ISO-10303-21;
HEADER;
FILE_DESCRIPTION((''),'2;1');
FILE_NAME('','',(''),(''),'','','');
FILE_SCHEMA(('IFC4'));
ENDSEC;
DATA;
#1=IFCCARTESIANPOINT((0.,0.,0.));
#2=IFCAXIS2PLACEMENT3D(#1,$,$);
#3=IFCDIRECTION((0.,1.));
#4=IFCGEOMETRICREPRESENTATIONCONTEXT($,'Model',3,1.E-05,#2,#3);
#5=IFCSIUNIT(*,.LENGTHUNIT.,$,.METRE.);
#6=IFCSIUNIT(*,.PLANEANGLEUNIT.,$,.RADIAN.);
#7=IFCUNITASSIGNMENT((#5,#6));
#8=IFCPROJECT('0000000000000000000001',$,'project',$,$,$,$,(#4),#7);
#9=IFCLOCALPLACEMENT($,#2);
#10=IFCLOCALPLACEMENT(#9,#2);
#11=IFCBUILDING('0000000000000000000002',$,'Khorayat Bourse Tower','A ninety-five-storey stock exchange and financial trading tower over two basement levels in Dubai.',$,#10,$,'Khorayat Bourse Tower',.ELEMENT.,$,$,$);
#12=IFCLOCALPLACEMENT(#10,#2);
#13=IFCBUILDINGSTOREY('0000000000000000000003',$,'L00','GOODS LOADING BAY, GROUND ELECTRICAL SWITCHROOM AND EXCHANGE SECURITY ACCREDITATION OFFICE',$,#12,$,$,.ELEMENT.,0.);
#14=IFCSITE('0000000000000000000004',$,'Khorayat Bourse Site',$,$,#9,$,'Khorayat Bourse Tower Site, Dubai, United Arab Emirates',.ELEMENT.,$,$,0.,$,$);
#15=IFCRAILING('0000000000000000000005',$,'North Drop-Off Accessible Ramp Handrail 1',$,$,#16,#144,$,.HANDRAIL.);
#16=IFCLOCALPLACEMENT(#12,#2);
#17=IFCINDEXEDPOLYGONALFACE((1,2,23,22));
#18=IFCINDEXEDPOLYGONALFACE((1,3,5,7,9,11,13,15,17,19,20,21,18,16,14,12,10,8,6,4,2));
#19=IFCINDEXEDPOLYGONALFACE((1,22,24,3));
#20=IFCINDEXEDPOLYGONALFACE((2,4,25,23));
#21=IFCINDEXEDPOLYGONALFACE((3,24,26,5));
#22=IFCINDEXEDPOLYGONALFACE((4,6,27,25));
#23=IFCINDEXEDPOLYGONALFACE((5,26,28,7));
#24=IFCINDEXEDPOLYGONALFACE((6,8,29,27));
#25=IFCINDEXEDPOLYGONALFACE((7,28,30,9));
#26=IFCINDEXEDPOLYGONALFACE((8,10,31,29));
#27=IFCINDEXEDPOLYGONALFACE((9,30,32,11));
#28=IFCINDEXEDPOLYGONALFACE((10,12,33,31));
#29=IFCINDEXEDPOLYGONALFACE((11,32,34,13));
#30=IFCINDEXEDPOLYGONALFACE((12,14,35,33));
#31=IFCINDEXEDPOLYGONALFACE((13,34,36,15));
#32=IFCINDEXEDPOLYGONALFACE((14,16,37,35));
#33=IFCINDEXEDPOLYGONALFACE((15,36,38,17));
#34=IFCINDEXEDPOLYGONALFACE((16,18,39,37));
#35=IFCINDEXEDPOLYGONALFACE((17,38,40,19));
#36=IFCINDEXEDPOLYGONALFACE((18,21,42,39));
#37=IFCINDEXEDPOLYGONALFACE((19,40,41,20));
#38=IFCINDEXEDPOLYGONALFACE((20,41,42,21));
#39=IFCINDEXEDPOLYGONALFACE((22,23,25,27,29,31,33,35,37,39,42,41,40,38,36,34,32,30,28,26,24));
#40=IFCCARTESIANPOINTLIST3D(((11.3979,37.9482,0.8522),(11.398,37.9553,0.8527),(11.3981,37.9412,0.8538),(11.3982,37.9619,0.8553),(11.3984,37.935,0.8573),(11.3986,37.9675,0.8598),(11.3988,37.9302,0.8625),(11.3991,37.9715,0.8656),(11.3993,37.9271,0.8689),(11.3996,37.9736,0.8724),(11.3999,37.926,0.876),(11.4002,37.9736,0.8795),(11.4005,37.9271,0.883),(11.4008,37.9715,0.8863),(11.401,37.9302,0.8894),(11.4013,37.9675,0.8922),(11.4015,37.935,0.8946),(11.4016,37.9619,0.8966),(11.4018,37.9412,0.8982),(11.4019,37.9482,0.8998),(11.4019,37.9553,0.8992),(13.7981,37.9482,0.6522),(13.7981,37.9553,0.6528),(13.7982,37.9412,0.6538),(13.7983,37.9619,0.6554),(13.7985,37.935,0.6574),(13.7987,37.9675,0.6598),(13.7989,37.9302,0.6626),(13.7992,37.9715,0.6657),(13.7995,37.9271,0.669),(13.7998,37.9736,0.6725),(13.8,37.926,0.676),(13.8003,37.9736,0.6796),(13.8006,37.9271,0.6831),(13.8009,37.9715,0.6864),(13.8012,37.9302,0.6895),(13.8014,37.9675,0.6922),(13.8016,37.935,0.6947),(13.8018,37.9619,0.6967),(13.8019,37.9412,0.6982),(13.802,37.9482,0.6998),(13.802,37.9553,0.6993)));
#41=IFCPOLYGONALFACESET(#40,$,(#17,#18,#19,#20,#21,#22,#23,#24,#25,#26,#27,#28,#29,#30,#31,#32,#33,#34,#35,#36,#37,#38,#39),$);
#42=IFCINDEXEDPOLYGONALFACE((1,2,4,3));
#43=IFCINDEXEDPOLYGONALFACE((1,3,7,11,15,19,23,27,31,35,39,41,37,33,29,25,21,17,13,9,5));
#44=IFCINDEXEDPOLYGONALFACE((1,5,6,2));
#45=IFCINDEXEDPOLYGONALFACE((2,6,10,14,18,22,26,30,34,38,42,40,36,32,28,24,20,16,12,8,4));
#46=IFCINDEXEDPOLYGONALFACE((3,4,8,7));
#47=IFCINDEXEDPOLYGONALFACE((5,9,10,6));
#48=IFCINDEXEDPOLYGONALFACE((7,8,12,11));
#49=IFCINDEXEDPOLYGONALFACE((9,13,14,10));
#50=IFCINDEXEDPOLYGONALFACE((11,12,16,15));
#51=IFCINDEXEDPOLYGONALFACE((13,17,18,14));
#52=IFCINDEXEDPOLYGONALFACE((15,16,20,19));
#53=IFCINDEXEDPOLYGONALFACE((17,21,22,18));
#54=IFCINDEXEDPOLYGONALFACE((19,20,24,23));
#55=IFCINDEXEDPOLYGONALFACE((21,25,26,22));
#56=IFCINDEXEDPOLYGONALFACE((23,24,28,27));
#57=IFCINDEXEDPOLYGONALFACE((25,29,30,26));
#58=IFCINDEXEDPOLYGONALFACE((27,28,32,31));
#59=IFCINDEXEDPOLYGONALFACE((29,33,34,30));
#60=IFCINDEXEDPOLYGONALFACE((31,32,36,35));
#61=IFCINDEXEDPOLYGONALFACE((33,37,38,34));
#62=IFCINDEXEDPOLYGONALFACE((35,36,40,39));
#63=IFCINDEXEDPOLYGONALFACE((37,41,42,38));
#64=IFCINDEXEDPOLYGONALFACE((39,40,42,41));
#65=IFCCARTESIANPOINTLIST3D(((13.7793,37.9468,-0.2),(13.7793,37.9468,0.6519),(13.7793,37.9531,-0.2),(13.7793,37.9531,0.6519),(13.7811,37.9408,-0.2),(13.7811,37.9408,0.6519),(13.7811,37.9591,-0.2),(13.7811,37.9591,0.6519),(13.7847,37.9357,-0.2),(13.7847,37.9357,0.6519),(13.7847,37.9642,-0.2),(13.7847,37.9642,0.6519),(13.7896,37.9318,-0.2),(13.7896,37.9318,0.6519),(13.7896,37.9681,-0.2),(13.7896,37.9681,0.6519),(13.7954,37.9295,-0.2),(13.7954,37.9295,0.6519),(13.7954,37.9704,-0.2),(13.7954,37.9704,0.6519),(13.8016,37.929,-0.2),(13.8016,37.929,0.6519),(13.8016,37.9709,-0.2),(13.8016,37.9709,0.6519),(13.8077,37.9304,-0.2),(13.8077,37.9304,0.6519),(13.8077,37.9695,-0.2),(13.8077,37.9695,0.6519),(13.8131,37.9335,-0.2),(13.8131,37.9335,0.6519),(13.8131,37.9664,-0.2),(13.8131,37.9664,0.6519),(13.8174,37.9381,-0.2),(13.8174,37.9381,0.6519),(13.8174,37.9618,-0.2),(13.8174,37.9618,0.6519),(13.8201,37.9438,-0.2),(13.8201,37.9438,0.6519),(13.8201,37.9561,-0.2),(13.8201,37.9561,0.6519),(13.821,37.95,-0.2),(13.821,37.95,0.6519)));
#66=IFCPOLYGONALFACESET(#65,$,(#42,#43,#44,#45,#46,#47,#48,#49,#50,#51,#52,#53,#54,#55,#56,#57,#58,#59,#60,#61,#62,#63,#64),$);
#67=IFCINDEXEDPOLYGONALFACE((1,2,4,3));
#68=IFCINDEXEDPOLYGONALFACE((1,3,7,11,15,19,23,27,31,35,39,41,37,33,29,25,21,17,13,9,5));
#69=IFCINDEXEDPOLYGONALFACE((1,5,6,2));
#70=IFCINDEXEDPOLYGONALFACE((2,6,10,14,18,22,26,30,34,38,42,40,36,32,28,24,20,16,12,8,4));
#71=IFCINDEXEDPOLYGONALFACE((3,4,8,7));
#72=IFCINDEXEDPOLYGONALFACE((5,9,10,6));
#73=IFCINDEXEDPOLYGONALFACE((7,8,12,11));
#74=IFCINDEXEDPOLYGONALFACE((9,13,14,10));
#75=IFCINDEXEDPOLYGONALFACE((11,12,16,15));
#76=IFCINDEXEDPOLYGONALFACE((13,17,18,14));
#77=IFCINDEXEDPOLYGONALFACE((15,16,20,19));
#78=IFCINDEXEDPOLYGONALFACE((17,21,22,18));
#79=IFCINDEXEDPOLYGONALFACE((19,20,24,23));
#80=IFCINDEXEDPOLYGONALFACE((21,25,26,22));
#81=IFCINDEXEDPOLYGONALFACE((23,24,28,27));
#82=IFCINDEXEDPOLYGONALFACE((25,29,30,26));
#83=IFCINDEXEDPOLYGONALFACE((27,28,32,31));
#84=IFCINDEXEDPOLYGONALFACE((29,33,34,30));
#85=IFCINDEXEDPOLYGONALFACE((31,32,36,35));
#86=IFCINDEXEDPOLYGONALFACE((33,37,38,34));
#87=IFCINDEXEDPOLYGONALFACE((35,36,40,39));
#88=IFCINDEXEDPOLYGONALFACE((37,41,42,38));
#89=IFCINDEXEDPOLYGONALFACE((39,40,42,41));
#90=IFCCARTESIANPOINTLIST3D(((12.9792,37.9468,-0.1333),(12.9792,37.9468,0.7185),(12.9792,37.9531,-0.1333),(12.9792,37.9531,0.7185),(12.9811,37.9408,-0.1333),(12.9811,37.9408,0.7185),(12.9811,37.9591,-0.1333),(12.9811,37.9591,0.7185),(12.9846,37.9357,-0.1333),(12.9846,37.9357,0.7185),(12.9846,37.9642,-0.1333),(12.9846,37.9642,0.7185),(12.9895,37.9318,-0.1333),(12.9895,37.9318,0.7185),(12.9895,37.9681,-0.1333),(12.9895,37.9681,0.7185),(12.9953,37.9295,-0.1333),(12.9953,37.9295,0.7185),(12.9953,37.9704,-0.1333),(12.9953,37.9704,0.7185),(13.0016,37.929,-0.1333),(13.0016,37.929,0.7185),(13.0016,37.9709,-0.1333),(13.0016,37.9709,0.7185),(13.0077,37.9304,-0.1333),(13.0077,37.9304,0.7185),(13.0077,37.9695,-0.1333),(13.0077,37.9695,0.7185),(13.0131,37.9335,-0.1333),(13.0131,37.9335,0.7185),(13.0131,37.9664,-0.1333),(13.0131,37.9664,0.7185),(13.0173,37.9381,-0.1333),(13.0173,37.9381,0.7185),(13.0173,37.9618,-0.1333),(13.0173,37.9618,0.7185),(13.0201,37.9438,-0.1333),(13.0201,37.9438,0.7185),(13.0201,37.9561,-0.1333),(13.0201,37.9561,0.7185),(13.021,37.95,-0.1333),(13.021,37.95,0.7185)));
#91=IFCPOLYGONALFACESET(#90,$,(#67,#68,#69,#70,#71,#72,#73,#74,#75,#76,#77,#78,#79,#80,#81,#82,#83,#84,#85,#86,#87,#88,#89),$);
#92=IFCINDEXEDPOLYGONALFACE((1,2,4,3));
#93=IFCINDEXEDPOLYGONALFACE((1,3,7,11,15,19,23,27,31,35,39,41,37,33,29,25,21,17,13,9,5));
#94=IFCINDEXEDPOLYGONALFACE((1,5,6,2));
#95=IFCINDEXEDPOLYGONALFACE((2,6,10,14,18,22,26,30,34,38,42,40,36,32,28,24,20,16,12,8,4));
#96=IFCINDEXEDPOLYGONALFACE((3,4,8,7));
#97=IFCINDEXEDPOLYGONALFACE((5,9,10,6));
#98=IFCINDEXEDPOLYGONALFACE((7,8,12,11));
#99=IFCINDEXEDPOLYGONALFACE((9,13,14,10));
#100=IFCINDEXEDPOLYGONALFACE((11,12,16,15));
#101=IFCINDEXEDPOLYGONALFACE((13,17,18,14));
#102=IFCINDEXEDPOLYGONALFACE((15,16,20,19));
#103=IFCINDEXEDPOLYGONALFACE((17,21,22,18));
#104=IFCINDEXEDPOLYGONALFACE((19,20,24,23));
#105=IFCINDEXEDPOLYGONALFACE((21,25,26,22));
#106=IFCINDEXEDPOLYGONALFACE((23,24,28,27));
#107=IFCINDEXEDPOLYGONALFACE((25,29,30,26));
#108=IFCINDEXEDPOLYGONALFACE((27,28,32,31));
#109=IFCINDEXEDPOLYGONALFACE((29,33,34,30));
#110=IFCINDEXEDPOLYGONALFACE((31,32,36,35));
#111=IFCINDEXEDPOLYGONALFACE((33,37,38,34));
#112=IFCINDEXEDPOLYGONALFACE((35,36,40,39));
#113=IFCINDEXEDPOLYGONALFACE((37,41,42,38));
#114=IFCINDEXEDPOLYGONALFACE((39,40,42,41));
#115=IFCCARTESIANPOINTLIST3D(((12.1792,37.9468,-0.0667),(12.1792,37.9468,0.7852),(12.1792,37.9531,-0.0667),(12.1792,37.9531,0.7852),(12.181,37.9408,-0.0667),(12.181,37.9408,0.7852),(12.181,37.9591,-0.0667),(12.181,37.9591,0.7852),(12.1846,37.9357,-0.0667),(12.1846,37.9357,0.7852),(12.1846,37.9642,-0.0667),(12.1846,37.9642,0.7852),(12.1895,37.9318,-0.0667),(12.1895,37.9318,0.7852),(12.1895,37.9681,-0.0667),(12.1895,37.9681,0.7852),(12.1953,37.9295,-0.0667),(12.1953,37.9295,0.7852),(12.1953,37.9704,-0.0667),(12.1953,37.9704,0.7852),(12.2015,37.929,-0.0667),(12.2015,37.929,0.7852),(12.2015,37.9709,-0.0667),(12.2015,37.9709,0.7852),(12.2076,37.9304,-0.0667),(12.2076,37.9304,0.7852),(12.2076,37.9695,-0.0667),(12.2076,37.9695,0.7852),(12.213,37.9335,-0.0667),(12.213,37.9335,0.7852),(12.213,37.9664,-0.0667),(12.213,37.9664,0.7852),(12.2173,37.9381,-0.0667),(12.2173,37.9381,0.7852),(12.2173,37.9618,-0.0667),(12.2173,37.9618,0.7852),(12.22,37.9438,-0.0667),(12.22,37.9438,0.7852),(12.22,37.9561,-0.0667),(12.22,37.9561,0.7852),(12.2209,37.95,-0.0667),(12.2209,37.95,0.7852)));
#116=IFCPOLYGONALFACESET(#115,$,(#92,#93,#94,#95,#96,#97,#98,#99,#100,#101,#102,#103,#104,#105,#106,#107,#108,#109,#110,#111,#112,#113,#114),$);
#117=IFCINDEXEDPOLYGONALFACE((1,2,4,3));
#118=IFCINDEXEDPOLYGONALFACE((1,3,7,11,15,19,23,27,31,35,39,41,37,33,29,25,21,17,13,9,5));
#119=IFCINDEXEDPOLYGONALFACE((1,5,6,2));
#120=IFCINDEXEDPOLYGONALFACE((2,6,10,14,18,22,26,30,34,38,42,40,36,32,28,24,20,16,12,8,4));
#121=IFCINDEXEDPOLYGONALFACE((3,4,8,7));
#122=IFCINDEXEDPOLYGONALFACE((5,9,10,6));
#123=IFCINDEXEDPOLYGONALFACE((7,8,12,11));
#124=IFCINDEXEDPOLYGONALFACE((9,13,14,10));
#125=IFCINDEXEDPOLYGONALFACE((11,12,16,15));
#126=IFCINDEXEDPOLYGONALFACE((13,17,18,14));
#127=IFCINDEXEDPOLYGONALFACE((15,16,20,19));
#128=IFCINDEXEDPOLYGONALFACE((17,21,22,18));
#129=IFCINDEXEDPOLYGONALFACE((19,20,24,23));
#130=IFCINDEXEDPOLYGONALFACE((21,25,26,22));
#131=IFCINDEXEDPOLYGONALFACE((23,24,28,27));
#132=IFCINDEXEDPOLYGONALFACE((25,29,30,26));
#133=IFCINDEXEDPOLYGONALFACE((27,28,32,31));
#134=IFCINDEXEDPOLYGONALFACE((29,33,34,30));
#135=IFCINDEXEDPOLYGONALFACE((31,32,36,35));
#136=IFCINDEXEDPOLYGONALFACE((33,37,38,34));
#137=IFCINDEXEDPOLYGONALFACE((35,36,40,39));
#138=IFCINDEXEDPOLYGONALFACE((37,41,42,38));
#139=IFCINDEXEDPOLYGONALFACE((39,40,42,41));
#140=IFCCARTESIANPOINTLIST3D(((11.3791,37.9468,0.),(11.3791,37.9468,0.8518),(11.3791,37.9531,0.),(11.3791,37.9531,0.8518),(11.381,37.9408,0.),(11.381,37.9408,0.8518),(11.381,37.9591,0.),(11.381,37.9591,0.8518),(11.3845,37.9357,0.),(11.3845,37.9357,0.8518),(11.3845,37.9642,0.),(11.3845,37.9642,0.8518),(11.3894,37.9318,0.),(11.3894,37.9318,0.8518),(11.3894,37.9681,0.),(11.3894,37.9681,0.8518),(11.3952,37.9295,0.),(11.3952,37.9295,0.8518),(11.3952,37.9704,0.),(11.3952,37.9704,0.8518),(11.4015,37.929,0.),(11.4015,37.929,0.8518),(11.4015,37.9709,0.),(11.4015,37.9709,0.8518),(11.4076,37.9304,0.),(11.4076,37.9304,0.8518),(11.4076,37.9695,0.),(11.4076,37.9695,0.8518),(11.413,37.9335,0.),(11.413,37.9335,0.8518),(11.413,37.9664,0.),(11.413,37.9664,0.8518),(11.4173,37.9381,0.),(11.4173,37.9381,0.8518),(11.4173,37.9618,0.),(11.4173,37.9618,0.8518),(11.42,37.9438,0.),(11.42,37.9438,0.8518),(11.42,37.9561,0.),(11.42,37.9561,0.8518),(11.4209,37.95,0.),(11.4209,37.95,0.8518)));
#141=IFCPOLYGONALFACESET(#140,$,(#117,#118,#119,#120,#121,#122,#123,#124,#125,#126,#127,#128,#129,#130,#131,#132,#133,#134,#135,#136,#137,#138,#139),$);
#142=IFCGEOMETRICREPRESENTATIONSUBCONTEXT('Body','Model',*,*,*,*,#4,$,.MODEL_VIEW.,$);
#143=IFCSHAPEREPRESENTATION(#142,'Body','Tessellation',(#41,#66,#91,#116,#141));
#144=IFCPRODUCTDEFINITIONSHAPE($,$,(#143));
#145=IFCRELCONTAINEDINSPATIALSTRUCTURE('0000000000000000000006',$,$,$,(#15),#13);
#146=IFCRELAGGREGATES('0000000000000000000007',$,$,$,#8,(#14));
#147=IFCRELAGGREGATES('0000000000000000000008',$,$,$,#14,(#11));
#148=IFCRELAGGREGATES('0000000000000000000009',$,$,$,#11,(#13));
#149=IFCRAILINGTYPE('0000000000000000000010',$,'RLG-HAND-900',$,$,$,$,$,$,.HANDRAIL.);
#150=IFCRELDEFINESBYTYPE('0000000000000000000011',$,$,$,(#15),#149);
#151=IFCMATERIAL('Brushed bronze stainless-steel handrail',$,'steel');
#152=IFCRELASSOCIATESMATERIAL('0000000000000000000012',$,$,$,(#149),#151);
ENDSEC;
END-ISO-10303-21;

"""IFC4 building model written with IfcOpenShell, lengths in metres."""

from ifc_helpers import new_model, si_unit, direction, frame, origin, origin_2d, place, context, subcontext, project, spatial, circle, extrude, source, transform, mapped, material, type_object, element, save


model = new_model("IFC4")

# Units and contexts
model_context = context("Model", 3, precision=1e-05, world=origin(), true_north=direction((0.0, 1.0)))
body_context = subcontext(model_context, "Body", "Model", "MODEL_VIEW")
ifc_project = project(units=[si_unit("LENGTHUNIT", "METRE"), si_unit("PLANEANGLEUNIT", "RADIAN")], contexts=[model_context])

# Site, building, storey
site_placement = place(None, origin())
site = spatial("IfcSite", under=ifc_project, at=site_placement, Name="Khorayat Bourse Site", LongName="Khorayat Bourse Tower Site, Dubai, United Arab Emirates", CompositionType="ELEMENT", RefElevation=0.0)
building_placement = place(site_placement, origin())
building = spatial("IfcBuilding", under=site, at=building_placement, Name="Khorayat Bourse Tower", Description="A ninety-five-storey stock exchange and financial trading tower over two basement levels in Dubai.", LongName="Khorayat Bourse Tower", CompositionType="ELEMENT")
storey_placement = place(building_placement, origin())
storey = spatial("IfcBuildingStorey", under=building, at=storey_placement, Name="L00", Description="GOODS LOADING BAY, GROUND ELECTRICAL SWITCHROOM AND EXCHANGE SECURITY ACCREDITATION OFFICE", CompositionType="ELEMENT", Elevation=0.0)

# Railing
ifc_material_1 = material(Name="Brushed bronze stainless-steel handrail", Category="steel")
railing_type = type_object("IfcRailingType", Name="RLG-HAND-900", PredefinedType="HANDRAIL", material=ifc_material_1)
shared_shape_1 = source(origin(), body_context, "Body", "SweptSolid", [
    extrude(circle(Radius=0.0239, at=origin_2d()), frame((0.0, 0.0, 0.876), z_axis=(-0.996548, 0.0, 0.08302), x_axis=(0.0, -1.0, 0.0)), (0.0, 0.0, 1.0), 2.4084),
    extrude(circle(Radius=0.021, at=origin_2d()), origin(), (0.0, 0.0, 1.0), 0.8518),
    extrude(circle(Radius=0.021, at=origin_2d()), frame((-0.8, 0.0, 0.0667)), (0.0, 0.0, 1.0), 0.8518),
    extrude(circle(Radius=0.021, at=origin_2d()), frame((-1.6001, 0.0, 0.1333)), (0.0, 0.0, 1.0), 0.8518),
    extrude(circle(Radius=0.021, at=origin_2d()), frame((-2.4001, 0.0, 0.2)), (0.0, 0.0, 1.0), 0.8518),
])
for number, where, name in (
    (1, (13.8, 37.95, -0.2), "North Drop-Off Accessible Ramp Handrail 1"),
):
    element("IfcRailing", number, at=place(storey_placement, frame(where)), inside=storey, type_object=railing_type, Name=name, PredefinedType="HANDRAIL", context=body_context, shape_type="MappedRepresentation", body=[
        mapped(shared_shape_1, transform((0.0, 0.0, 0.0), scale=1.0)),
    ])

save(model, "model.ifc")
